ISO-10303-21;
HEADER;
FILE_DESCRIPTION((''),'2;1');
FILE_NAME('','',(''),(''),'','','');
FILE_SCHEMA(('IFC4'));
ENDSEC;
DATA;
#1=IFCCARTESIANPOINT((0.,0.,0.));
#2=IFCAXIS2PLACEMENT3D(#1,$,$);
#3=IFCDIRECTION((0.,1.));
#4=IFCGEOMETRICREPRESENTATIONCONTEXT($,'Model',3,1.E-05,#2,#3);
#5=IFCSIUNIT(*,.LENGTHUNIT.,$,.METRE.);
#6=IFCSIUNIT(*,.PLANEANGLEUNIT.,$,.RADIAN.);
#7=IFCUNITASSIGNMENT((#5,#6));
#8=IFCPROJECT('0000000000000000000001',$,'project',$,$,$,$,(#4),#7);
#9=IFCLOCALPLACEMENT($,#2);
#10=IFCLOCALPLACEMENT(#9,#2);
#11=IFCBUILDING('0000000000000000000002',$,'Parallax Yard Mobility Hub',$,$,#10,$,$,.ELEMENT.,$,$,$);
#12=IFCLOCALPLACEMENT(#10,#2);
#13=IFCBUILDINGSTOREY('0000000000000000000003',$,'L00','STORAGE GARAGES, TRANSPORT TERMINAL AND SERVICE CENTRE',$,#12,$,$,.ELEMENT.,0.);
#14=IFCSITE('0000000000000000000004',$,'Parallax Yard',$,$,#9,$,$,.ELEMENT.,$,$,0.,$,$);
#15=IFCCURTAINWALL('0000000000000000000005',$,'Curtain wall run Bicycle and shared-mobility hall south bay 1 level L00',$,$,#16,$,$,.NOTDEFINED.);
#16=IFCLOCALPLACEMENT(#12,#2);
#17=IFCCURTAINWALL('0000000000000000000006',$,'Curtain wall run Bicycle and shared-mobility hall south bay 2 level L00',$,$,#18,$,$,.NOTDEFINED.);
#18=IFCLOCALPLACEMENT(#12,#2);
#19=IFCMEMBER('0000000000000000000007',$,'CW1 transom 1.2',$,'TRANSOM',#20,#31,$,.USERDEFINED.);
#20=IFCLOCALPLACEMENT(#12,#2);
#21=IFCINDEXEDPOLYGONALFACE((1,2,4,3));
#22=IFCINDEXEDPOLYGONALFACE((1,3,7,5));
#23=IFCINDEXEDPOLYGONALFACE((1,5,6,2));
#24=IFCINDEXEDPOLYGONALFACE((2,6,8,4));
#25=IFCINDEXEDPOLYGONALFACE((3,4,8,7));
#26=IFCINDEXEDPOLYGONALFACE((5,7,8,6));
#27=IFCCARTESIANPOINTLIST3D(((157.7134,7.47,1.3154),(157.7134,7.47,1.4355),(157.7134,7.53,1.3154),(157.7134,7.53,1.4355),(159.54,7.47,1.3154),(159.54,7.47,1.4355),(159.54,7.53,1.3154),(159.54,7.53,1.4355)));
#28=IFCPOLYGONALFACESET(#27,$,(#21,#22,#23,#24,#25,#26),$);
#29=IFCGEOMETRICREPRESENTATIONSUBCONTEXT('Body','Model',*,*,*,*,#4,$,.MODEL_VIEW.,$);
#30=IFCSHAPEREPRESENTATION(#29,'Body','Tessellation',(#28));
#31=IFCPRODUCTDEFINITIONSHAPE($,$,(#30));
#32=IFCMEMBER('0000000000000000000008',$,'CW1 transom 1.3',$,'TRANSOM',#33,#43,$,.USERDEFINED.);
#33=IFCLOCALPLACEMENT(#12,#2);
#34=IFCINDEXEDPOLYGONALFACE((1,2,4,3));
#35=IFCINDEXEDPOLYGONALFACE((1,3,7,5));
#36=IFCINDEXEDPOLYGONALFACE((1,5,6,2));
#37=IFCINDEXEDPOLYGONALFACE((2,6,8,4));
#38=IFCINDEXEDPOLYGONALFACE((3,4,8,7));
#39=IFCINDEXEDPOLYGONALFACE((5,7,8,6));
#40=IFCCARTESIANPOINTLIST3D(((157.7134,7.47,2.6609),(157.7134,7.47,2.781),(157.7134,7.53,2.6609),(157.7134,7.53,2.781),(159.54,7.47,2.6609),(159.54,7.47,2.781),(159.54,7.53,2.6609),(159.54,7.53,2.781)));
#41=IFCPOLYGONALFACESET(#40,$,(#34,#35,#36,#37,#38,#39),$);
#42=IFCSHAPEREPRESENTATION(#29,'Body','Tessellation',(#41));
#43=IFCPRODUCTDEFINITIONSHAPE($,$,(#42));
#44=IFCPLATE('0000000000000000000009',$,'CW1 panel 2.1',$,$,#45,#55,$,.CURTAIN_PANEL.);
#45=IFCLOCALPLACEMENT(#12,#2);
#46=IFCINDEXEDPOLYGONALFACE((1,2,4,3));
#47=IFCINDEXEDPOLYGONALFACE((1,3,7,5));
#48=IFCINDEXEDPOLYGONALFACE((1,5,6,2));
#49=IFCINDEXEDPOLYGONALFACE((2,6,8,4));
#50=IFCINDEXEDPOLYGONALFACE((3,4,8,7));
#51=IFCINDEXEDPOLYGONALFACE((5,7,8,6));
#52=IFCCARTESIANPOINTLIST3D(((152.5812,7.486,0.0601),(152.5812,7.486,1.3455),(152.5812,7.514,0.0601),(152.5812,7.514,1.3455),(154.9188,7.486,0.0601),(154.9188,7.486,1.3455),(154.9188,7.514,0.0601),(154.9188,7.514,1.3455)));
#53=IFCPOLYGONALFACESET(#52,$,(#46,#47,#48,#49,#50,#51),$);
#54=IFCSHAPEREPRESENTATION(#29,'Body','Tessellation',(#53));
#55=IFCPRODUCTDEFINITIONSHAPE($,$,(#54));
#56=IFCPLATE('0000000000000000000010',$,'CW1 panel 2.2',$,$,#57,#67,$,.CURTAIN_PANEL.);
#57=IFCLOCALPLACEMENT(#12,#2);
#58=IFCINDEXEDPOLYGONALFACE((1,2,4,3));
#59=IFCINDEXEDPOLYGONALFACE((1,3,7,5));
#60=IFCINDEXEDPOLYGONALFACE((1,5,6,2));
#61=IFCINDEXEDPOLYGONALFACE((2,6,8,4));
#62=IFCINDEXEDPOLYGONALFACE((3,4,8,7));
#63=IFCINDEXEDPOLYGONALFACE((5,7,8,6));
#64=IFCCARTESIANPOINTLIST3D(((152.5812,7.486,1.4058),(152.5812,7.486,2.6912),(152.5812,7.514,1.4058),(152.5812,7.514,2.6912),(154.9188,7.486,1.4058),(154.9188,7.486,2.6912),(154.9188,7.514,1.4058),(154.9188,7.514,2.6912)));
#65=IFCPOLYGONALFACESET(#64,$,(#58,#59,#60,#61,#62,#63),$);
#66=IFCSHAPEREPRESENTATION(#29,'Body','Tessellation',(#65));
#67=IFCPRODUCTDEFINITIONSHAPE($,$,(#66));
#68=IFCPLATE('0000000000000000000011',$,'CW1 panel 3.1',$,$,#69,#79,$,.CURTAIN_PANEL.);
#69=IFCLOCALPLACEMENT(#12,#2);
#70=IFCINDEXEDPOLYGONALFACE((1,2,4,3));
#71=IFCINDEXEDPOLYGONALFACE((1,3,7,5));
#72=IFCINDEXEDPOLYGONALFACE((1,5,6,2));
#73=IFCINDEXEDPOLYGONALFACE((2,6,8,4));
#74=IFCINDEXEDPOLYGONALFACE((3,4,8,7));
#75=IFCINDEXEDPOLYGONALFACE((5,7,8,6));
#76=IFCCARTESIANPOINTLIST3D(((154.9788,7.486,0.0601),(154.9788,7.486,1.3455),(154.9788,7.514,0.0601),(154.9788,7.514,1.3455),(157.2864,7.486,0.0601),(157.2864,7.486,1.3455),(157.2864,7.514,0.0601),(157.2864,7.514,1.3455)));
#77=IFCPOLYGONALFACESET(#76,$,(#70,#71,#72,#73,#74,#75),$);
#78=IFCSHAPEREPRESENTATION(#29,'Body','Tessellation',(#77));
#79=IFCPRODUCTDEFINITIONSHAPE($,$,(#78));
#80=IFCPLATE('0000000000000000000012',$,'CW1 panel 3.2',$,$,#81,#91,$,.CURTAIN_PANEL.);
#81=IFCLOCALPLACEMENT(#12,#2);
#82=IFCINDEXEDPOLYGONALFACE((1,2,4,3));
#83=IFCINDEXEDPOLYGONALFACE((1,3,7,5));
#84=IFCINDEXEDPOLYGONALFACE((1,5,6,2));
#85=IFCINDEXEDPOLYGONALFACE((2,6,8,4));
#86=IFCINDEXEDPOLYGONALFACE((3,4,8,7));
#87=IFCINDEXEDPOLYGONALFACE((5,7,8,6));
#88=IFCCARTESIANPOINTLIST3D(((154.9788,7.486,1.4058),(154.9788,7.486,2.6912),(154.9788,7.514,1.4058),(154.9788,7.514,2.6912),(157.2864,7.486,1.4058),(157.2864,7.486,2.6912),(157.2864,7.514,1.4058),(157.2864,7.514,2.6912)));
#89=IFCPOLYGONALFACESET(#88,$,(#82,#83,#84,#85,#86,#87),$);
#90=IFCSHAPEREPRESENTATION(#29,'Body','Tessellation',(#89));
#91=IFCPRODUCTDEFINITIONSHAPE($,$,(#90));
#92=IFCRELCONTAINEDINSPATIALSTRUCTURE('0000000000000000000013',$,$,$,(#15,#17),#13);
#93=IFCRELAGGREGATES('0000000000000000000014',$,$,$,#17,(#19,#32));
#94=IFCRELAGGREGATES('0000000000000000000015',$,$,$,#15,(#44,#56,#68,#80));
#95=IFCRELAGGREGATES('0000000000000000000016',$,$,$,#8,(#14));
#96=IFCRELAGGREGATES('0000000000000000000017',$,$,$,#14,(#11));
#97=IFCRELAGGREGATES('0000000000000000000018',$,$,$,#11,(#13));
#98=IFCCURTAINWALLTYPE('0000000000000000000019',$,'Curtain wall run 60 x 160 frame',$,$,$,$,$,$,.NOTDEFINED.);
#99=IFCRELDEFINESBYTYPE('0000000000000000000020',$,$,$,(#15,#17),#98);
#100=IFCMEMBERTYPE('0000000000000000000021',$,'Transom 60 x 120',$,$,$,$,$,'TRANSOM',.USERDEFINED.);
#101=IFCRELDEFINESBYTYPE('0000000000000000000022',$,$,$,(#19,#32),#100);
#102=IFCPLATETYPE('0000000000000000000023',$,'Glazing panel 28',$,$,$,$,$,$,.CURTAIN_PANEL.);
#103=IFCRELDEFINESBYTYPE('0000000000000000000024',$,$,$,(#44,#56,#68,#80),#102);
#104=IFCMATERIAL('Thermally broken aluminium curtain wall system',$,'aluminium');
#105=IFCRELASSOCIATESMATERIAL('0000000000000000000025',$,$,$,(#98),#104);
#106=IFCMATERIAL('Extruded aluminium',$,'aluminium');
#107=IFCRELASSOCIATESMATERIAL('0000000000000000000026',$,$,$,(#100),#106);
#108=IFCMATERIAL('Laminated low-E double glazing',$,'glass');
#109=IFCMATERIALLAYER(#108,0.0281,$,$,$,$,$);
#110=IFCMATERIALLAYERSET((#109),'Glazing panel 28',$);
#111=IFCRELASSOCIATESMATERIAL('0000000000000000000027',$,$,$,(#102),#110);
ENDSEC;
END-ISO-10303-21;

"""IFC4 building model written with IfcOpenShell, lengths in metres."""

from ifc_helpers import new_model, si_unit, direction, frame, origin, origin_2d, place, context, subcontext, project, spatial, rectangle, extrude, material, layer, layer_set, material_profile, profile_set, type_object, element, aggregate, save


model = new_model("IFC4")

# Units and contexts
model_context = context("Model", 3, precision=1e-05, world=origin(), true_north=direction((0.0, 1.0)))
body_context = subcontext(model_context, "Body", "Model", "MODEL_VIEW")
ifc_project = project(units=[si_unit("LENGTHUNIT", "METRE"), si_unit("PLANEANGLEUNIT", "RADIAN")], contexts=[model_context])

# Site, building, storey
site_placement = place(None, origin())
site = spatial("IfcSite", under=ifc_project, at=site_placement, Name="Parallax Yard", CompositionType="ELEMENT", RefElevation=0.0)
building_placement = place(site_placement, origin())
building = spatial("IfcBuilding", under=site, at=building_placement, Name="Parallax Yard Mobility Hub", CompositionType="ELEMENT")
storey_placement = place(building_placement, origin())
storey = spatial("IfcBuildingStorey", under=building, at=storey_placement, Name="L00", Description="STORAGE GARAGES, TRANSPORT TERMINAL AND SERVICE CENTRE", CompositionType="ELEMENT", Elevation=0.0)

# Curtain wall
ifc_material_1 = material(Name="Thermally broken aluminium curtain wall system", Category="aluminium")
curtain_wall_type = type_object("IfcCurtainWallType", Name="Curtain wall run 60 x 160 frame", PredefinedType="NOTDEFINED", material=ifc_material_1)
curtain_wall_1_placement = place(storey_placement, origin())
curtain_wall_1 = element("IfcCurtainWall", 1, at=curtain_wall_1_placement, inside=storey, type_object=curtain_wall_type, Name="Curtain wall run Bicycle and shared-mobility hall south bay 1 level L00", PredefinedType="NOTDEFINED")
ifc_material_2 = material(Name="Extruded aluminium", Category="aluminium")

# Curtain wall
curtain_wall_2_placement = place(storey_placement, origin())
curtain_wall_2 = element("IfcCurtainWall", 2, at=curtain_wall_2_placement, inside=storey, type_object=curtain_wall_type, Name="Curtain wall run Bicycle and shared-mobility hall south bay 2 level L00", PredefinedType="NOTDEFINED")

# Members
ifc_material_profile_1 = material_profile(ifc_material_2, rectangle(XDim=0.0601, YDim=0.1201, at=origin_2d()), Name="Transom 60 x 120")
ifc_profile_set_1 = profile_set([ifc_material_profile_1], Name="Extruded aluminium")
member_type_1 = type_object("IfcMemberType", Name="Transom 60 x 120", ElementType="TRANSOM", PredefinedType="USERDEFINED", material=ifc_profile_set_1)
member_1_placement = place(storey_placement, frame((157.7134, 7.5, 1.3755), z_axis=(1.0, 0.0, 0.0), x_axis=(0.0, 1.0, 0.0)))
member_1 = element("IfcMember", 3, at=member_1_placement, type_object=member_type_1, Name="CW1 transom 1.2", ObjectType="TRANSOM", PredefinedType="USERDEFINED", context=body_context, shape_type="SweptSolid", body=[
    extrude(rectangle(XDim=0.0601, YDim=0.1201, at=origin_2d()), origin(), (0.0, 0.0, 1.0), 1.8267),
])
member_2_placement = place(storey_placement, frame((157.7134, 7.5, 2.7209), z_axis=(1.0, 0.0, 0.0), x_axis=(0.0, 1.0, 0.0)))
member_2 = element("IfcMember", 4, at=member_2_placement, type_object=member_type_1, Name="CW1 transom 1.3", ObjectType="TRANSOM", PredefinedType="USERDEFINED", context=body_context, shape_type="SweptSolid", body=[
    extrude(rectangle(XDim=0.0601, YDim=0.1201, at=origin_2d()), origin(), (0.0, 0.0, 1.0), 1.8267),
])
aggregate(curtain_wall_2, [member_1, member_2])

# Plates
ifc_material_3 = material(Name="Laminated low-E double glazing", Category="glass")
ifc_layer = layer(ifc_material_3, 0.0281)
ifc_layer_set = layer_set([ifc_layer], Name="Glazing panel 28")
plate_type = type_object("IfcPlateType", Name="Glazing panel 28", PredefinedType="CURTAIN_PANEL", material=ifc_layer_set)
plate_1_placement = place(storey_placement, frame((153.75, 7.5, 0.0601), z_axis=(0.0, 0.0, 1.0), x_axis=(1.0, 0.0, 0.0)))
plate_1 = element("IfcPlate", 5, at=plate_1_placement, type_object=plate_type, Name="CW1 panel 2.1", PredefinedType="CURTAIN_PANEL", context=body_context, shape_type="SweptSolid", body=[
    extrude(rectangle(XDim=2.3376, YDim=0.0281, at=origin_2d()), origin(), (0.0, 0.0, 1.0), 1.2854),
])
plate_2_placement = place(storey_placement, frame((153.75, 7.5, 1.4058), z_axis=(0.0, 0.0, 1.0), x_axis=(1.0, 0.0, 0.0)))
plate_2 = element("IfcPlate", 6, at=plate_2_placement, type_object=plate_type, Name="CW1 panel 2.2", PredefinedType="CURTAIN_PANEL", context=body_context, shape_type="SweptSolid", body=[
    extrude(rectangle(XDim=2.3376, YDim=0.0281, at=origin_2d()), origin(), (0.0, 0.0, 1.0), 1.2854),
])
plate_3_placement = place(storey_placement, frame((156.1326, 7.5, 0.0601), z_axis=(0.0, 0.0, 1.0), x_axis=(1.0, 0.0, 0.0)))
plate_3 = element("IfcPlate", 7, at=plate_3_placement, type_object=plate_type, Name="CW1 panel 3.1", PredefinedType="CURTAIN_PANEL", context=body_context, shape_type="SweptSolid", body=[
    extrude(rectangle(XDim=2.3076, YDim=0.0281, at=origin_2d()), origin(), (0.0, 0.0, 1.0), 1.2854),
])
plate_4_placement = place(storey_placement, frame((156.1326, 7.5, 1.4058), z_axis=(0.0, 0.0, 1.0), x_axis=(1.0, 0.0, 0.0)))
plate_4 = element("IfcPlate", 8, at=plate_4_placement, type_object=plate_type, Name="CW1 panel 3.2", PredefinedType="CURTAIN_PANEL", context=body_context, shape_type="SweptSolid", body=[
    extrude(rectangle(XDim=2.3076, YDim=0.0281, at=origin_2d()), origin(), (0.0, 0.0, 1.0), 1.2854),
])
aggregate(curtain_wall_1, [plate_1, plate_2, plate_3, plate_4])

save(model, "model.ifc")
